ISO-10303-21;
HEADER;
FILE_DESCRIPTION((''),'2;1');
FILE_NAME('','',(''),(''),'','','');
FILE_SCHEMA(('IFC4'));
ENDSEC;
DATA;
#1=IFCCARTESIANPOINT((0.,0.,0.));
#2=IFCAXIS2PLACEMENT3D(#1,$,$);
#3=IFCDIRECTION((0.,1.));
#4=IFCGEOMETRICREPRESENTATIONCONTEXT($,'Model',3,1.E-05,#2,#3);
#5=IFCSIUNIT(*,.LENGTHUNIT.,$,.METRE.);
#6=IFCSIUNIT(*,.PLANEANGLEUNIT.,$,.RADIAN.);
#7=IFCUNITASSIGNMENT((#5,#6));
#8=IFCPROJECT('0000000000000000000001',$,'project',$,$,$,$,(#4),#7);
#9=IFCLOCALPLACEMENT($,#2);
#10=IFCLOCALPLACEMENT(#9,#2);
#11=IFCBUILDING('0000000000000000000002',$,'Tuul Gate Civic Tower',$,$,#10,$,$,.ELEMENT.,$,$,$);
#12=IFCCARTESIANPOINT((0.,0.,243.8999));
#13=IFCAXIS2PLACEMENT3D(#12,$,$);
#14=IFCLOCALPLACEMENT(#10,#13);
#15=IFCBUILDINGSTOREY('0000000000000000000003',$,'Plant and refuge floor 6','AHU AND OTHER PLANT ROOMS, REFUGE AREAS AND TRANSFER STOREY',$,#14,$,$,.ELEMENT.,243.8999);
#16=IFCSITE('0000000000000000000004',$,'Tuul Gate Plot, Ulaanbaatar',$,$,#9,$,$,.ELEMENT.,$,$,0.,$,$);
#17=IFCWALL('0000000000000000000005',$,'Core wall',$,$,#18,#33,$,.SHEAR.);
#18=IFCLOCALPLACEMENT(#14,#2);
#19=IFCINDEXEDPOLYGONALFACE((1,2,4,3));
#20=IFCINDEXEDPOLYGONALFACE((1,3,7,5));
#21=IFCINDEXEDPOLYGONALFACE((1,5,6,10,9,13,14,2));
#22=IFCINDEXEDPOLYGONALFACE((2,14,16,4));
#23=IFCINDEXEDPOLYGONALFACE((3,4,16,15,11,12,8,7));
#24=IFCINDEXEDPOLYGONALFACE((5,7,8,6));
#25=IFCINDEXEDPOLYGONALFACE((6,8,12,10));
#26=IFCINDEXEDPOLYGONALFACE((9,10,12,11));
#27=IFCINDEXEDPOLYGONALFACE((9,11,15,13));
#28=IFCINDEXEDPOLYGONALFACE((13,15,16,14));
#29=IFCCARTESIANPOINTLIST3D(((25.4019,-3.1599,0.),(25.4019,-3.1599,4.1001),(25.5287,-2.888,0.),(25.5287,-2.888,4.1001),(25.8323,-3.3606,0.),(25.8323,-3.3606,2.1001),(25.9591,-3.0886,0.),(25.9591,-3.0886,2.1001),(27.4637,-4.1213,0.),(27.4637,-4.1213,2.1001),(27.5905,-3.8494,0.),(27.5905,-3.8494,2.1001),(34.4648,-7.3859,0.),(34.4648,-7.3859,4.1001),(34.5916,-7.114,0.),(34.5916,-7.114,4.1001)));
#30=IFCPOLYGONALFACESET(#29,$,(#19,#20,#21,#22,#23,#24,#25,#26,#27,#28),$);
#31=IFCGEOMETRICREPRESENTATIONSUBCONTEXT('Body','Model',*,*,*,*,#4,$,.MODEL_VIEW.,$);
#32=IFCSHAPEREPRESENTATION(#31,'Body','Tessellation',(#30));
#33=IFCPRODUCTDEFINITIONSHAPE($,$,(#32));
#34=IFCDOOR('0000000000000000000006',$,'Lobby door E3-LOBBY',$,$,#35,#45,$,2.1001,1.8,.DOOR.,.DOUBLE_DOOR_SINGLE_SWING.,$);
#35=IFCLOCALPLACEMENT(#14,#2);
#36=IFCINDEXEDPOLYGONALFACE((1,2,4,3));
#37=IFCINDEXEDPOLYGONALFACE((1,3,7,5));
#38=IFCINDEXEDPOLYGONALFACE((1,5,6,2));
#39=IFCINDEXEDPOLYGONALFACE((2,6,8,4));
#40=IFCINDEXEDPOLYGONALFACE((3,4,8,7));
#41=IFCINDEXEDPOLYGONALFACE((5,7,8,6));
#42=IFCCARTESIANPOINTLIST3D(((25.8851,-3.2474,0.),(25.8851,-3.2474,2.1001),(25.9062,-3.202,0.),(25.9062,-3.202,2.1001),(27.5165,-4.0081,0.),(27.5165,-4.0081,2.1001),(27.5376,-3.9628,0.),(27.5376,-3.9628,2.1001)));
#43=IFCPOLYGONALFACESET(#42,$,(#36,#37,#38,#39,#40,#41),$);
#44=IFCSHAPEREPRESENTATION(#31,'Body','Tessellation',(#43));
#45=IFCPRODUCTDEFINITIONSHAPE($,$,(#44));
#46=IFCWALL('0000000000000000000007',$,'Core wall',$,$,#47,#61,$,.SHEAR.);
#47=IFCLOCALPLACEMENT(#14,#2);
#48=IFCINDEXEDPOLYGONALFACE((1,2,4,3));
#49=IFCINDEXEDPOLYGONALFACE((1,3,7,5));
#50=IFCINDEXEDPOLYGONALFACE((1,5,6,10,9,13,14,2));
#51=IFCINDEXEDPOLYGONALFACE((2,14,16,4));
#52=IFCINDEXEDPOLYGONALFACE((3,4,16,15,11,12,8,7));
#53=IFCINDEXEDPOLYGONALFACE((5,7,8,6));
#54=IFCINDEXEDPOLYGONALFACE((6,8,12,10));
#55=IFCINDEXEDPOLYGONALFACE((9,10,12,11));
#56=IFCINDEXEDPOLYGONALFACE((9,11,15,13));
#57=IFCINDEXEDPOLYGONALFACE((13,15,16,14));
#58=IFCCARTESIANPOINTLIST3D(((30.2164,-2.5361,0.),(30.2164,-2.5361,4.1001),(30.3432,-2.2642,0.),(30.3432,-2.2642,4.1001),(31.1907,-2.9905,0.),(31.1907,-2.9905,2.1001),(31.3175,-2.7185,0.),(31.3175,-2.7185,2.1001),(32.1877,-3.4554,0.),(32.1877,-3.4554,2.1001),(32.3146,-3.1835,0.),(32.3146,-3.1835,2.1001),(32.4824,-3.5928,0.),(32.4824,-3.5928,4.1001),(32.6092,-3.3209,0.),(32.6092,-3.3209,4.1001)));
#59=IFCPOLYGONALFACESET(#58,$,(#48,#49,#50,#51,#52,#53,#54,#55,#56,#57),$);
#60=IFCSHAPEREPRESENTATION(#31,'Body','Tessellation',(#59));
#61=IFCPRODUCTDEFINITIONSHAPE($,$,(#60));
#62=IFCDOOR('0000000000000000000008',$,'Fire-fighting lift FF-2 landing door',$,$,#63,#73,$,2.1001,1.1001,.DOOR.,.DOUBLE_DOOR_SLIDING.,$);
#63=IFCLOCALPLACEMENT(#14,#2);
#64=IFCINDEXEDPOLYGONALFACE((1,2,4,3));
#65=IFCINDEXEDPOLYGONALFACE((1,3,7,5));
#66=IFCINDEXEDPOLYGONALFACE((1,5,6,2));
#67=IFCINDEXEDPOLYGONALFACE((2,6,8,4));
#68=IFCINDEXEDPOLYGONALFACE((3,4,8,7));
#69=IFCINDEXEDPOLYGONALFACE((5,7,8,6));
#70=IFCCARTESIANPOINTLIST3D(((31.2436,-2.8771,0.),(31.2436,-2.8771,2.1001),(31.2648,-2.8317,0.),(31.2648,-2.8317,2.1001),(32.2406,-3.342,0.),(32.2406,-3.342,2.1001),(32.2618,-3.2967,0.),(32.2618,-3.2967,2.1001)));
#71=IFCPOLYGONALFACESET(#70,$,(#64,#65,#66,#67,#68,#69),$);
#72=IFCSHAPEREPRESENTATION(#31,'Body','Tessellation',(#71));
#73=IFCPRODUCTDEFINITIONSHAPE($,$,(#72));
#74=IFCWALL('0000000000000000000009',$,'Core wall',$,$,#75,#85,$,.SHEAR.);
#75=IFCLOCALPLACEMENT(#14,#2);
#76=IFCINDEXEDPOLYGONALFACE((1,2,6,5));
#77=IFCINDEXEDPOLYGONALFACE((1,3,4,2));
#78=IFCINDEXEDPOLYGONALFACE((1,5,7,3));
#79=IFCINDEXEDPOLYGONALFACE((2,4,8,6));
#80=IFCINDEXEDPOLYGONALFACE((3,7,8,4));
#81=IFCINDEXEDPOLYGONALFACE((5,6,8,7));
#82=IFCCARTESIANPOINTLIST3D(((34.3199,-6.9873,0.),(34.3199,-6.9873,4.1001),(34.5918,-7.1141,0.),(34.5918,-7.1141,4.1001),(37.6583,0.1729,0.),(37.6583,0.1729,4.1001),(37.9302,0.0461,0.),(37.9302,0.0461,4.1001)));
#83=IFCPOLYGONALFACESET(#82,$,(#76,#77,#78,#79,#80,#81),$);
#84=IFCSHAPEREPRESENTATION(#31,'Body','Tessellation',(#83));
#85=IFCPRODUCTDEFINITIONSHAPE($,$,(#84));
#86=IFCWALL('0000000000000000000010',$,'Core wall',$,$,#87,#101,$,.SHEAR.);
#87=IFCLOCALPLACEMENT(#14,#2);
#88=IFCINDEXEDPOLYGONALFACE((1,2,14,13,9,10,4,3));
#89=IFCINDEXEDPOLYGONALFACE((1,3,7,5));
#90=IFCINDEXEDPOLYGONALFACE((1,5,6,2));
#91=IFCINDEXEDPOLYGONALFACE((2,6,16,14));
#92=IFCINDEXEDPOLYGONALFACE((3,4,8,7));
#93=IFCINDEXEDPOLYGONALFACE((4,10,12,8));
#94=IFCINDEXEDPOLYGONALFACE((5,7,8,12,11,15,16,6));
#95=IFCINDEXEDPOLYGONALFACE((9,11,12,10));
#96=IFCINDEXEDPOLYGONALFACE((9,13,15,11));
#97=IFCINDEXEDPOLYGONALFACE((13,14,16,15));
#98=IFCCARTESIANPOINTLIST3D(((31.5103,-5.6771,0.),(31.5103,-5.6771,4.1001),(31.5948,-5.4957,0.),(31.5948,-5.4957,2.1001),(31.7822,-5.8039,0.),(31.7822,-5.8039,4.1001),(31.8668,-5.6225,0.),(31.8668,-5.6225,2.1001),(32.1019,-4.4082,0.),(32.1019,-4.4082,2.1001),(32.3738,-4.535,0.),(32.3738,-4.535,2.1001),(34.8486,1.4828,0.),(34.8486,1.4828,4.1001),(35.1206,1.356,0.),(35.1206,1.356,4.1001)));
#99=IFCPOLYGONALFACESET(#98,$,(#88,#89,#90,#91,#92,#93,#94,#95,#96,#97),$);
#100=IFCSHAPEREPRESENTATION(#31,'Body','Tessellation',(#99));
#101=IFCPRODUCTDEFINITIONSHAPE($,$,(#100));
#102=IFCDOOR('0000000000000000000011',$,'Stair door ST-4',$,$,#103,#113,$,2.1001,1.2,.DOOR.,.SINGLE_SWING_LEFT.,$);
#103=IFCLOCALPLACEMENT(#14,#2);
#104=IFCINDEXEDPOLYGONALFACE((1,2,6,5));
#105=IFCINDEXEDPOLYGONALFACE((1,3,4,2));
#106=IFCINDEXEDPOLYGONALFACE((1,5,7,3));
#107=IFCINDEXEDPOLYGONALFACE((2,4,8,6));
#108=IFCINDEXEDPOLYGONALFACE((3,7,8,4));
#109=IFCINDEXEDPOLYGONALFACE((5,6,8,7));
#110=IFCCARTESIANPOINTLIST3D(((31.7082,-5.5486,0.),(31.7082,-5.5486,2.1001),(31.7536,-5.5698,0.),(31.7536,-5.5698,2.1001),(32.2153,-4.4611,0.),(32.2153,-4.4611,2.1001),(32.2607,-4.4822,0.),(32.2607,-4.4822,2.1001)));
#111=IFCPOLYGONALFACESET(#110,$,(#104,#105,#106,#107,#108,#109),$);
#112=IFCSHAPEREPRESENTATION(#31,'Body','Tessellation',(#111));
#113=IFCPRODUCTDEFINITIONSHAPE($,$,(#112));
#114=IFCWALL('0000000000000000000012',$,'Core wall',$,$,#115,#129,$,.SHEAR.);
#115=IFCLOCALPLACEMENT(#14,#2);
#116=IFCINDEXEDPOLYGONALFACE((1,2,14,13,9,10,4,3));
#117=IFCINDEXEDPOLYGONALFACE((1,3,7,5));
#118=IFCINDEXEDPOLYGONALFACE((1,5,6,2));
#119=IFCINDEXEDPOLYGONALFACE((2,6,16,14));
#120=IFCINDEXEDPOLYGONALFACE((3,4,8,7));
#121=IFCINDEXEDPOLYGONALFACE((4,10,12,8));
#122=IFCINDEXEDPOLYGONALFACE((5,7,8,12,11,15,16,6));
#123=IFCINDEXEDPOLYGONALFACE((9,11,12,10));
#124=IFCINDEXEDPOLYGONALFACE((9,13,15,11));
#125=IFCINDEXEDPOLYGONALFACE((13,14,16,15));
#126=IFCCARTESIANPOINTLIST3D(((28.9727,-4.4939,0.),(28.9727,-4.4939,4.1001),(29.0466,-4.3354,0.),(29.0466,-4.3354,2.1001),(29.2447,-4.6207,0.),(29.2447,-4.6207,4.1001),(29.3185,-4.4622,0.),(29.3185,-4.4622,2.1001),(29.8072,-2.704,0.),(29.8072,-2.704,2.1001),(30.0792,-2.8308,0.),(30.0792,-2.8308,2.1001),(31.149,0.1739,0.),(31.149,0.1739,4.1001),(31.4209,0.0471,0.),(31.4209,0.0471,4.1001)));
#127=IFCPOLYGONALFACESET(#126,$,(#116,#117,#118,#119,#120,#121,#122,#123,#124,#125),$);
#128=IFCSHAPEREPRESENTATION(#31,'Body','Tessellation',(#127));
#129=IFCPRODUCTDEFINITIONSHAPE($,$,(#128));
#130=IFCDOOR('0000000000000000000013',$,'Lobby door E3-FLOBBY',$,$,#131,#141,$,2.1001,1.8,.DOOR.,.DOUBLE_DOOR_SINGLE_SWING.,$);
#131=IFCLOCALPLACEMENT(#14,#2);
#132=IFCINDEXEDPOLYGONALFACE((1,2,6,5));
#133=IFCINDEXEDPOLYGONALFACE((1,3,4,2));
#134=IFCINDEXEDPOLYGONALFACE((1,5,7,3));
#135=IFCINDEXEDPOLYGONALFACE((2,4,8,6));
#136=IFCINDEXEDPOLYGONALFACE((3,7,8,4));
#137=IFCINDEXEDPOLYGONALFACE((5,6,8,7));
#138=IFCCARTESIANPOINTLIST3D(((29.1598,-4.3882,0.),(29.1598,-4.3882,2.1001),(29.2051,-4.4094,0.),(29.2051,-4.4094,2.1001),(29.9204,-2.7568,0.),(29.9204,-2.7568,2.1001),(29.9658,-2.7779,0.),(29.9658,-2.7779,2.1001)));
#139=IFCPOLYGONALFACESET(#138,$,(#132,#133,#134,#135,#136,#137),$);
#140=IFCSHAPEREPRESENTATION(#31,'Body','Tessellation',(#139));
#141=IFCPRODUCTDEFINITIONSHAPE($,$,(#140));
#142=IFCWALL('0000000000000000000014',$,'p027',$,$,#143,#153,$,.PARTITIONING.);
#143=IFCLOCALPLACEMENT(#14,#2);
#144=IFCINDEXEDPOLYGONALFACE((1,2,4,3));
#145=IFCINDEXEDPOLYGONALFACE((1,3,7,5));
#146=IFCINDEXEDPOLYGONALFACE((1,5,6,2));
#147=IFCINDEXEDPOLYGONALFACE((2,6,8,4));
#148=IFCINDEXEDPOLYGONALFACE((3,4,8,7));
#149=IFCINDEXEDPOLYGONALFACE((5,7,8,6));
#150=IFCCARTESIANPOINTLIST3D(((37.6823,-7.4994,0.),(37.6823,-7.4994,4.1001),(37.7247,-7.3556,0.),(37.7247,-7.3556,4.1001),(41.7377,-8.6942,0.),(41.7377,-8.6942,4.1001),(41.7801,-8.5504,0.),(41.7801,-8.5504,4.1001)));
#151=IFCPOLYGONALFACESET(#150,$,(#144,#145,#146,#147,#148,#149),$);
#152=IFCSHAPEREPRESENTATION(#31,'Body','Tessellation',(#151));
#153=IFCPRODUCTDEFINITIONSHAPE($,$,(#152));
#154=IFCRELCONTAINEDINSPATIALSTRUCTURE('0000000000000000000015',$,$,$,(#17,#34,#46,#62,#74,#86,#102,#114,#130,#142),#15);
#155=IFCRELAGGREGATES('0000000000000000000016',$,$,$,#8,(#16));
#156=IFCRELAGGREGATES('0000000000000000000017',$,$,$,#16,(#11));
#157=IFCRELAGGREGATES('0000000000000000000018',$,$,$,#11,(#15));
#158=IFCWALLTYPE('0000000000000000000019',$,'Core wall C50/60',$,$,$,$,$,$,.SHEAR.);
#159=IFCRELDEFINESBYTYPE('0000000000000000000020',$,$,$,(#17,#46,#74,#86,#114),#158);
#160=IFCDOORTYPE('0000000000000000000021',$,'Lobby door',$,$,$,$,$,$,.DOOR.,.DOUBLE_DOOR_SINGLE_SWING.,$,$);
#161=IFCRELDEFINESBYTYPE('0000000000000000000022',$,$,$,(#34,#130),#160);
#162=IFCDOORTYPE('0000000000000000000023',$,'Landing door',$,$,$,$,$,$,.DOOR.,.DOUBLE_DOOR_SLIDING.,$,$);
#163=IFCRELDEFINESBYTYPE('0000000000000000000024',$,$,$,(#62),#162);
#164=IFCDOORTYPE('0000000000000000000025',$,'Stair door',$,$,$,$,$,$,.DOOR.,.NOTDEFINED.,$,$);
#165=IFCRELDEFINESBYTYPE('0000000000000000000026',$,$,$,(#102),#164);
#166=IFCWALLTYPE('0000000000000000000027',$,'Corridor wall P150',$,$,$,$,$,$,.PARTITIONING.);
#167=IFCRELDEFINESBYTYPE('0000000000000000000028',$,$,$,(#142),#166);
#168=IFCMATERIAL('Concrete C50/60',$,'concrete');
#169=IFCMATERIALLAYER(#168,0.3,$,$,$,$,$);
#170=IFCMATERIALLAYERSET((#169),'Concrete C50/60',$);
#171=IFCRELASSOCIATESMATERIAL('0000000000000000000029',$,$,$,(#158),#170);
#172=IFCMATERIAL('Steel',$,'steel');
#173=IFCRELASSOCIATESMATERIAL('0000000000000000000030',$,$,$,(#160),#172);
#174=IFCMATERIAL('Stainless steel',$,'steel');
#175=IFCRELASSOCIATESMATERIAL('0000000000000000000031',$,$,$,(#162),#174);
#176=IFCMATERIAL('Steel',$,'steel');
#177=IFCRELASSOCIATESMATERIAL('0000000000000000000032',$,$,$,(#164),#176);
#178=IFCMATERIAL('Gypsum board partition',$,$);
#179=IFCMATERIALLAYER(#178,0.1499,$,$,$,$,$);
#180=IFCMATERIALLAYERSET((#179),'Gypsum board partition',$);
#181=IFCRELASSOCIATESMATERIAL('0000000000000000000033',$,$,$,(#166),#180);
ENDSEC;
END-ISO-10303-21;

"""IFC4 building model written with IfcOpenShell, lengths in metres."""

from ifc_helpers import new_model, si_unit, direction, frame, frame_2d, origin, place, context, subcontext, project, spatial, rectangle, extrude, material, layer, layer_set, type_object, element, fill, save


model = new_model("IFC4")

# Units and contexts
model_context = context("Model", 3, precision=1e-05, world=origin(), true_north=direction((0.0, 1.0)))
body_context = subcontext(model_context, "Body", "Model", "MODEL_VIEW")
ifc_project = project(units=[si_unit("LENGTHUNIT", "METRE"), si_unit("PLANEANGLEUNIT", "RADIAN")], contexts=[model_context])

# Site, building, storey
site_placement = place(None, origin())
site = spatial("IfcSite", under=ifc_project, at=site_placement, Name="Tuul Gate Plot, Ulaanbaatar", CompositionType="ELEMENT", RefElevation=0.0)
building_placement = place(site_placement, origin())
building = spatial("IfcBuilding", under=site, at=building_placement, Name="Tuul Gate Civic Tower", CompositionType="ELEMENT")
storey_placement = place(building_placement, frame((0.0, 0.0, 243.8999)))
storey = spatial("IfcBuildingStorey", under=building, at=storey_placement, Name="Plant and refuge floor 6", Description="AHU AND OTHER PLANT ROOMS, REFUGE AREAS AND TRANSFER STOREY", CompositionType="ELEMENT", Elevation=243.8999)

# Walls, openings, doors
ifc_material_1 = material(Name="Concrete C50/60", Category="concrete")
ifc_layer_1 = layer(ifc_material_1, 0.3)
ifc_layer_set_1 = layer_set([ifc_layer_1], Name="Concrete C50/60")
wall_type_1 = type_object("IfcWallType", Name="Core wall C50/60", PredefinedType="SHEAR", material=ifc_layer_set_1)
wall_1_placement = place(storey_placement, frame((34.5283, -7.25, 0.0), z_axis=(0.0, 0.0, 1.0), x_axis=(-0.90631, 0.422613, 0.0)))
wall_1 = element("IfcWall", 1, at=wall_1_placement, inside=storey, type_object=wall_type_1, Name="Core wall", PredefinedType="SHEAR", context=body_context, shape_type="SweptSolid", body=[
    extrude(rectangle(XDim=9.9998, YDim=0.3, at=frame_2d((5.0, 0.0))), origin(), (0.0, 0.0, 1.0), 4.1001),
])
opening_1_placement = place(wall_1_placement, frame((7.7251, 0.0, 0.0)))
opening_1 = element("IfcOpeningElement", 2, at=opening_1_placement, cuts=wall_1, PredefinedType="OPENING", context=body_context, shape_type="SweptSolid", body=[
    extrude(rectangle(XDim=1.8, YDim=2.1001, at=frame_2d((0.8999, 1.05))), frame((0.0, 0.1602, 0.0), z_axis=(0.0, -1.0, 0.0), x_axis=(1.0, 0.0, 0.0)), (0.0, 0.0, 1.0), 0.3201),
])
ifc_material_2 = material(Name="Steel", Category="steel")
door_type_1 = type_object("IfcDoorType", Name="Lobby door", OperationType="DOUBLE_DOOR_SINGLE_SWING", PredefinedType="DOOR", material=ifc_material_2)
door_1_placement = place(opening_1_placement, frame((1.8, 0.0, 0.0), z_axis=(0.0, 0.0, 1.0), x_axis=(-1.0, 0.0, 0.0)))
door_1 = element("IfcDoor", 3, at=door_1_placement, inside=storey, type_object=door_type_1, Name="Lobby door E3-LOBBY", OperationType="DOUBLE_DOOR_SINGLE_SWING", OverallHeight=2.1001, OverallWidth=1.8, PredefinedType="DOOR", context=body_context, shape_type="SweptSolid", body=[
    extrude(rectangle(XDim=1.8, YDim=2.1001, at=frame_2d((0.9001, 1.05))), frame((0.0, 0.0249, 0.0), z_axis=(0.0, -1.0, 0.0), x_axis=(1.0, 0.0, 0.0)), (0.0, 0.0, 1.0), 0.05),
])
fill(opening_1, door_1)
wall_2_placement = place(storey_placement, frame((32.5457, -3.4568, 0.0), z_axis=(0.0, 0.0, 1.0), x_axis=(-0.9063, 0.422634, 0.0)))
wall_2 = element("IfcWall", 4, at=wall_2_placement, inside=storey, type_object=wall_type_1, Name="Core wall", PredefinedType="SHEAR", context=body_context, shape_type="SweptSolid", body=[
    extrude(rectangle(XDim=2.5002, YDim=0.3, at=frame_2d((1.25, 0.0))), origin(), (0.0, 0.0, 1.0), 4.1001),
])
opening_2_placement = place(wall_2_placement, frame((0.325, 0.0, 0.0)))
opening_2 = element("IfcOpeningElement", 5, at=opening_2_placement, cuts=wall_2, PredefinedType="OPENING", context=body_context, shape_type="SweptSolid", body=[
    extrude(rectangle(XDim=1.1001, YDim=2.1001, at=frame_2d((0.55, 1.05))), frame((0.0, 0.1602, 0.0), z_axis=(0.0, -1.0, 0.0), x_axis=(1.0, 0.0, 0.0)), (0.0, 0.0, 1.0), 0.3201),
])
ifc_material_3 = material(Name="Stainless steel", Category="steel")
door_type_2 = type_object("IfcDoorType", Name="Landing door", OperationType="DOUBLE_DOOR_SLIDING", PredefinedType="DOOR", material=ifc_material_3)
door_2_placement = place(opening_2_placement, origin())
door_2 = element("IfcDoor", 6, at=door_2_placement, inside=storey, type_object=door_type_2, Name="Fire-fighting lift FF-2 landing door", OperationType="DOUBLE_DOOR_SLIDING", OverallHeight=2.1001, OverallWidth=1.1001, PredefinedType="DOOR", context=body_context, shape_type="SweptSolid", body=[
    extrude(rectangle(XDim=1.1001, YDim=2.1001, at=frame_2d((0.55, 1.05))), frame((0.0, 0.0249, 0.0), z_axis=(0.0, -1.0, 0.0), x_axis=(1.0, 0.0, 0.0)), (0.0, 0.0, 1.0), 0.05),
])
fill(opening_2, door_2)

# Wall
wall_3_placement = place(storey_placement, frame((34.4558, -7.0508, 0.0), z_axis=(0.0, 0.0, 1.0), x_axis=(0.422571, 0.90633, 0.0)))
element("IfcWall", 7, at=wall_3_placement, inside=storey, type_object=wall_type_1, Name="Core wall", PredefinedType="SHEAR", context=body_context, shape_type="SweptSolid", body=[
    extrude(rectangle(XDim=7.9001, YDim=0.3, at=frame_2d((3.9502, 0.0))), origin(), (0.0, 0.0, 1.0), 4.1001),
])

# Walls, openings, doors
wall_4_placement = place(storey_placement, frame((31.6462, -5.7405, 0.0), z_axis=(0.0, 0.0, 1.0), x_axis=(0.422583, 0.906324, 0.0)))
wall_4 = element("IfcWall", 8, at=wall_4_placement, inside=storey, type_object=wall_type_1, Name="Core wall", PredefinedType="SHEAR", context=body_context, shape_type="SweptSolid", body=[
    extrude(rectangle(XDim=7.8999, YDim=0.3, at=frame_2d((3.95, 0.0))), origin(), (0.0, 0.0, 1.0), 4.1001),
])
opening_3_placement = place(wall_4_placement, frame((0.2, 0.0, 0.0)))
opening_3 = element("IfcOpeningElement", 9, at=opening_3_placement, cuts=wall_4, PredefinedType="OPENING", context=body_context, shape_type="SweptSolid", body=[
    extrude(rectangle(XDim=1.2, YDim=2.1001, at=frame_2d((0.6001, 1.05))), frame((0.0, 0.1602, 0.0), z_axis=(0.0, -1.0, 0.0), x_axis=(1.0, 0.0, 0.0)), (0.0, 0.0, 1.0), 0.3201),
])
ifc_material_4 = material(Name="Steel", Category="steel")
door_type_3 = type_object("IfcDoorType", Name="Stair door", OperationType="NOTDEFINED", PredefinedType="DOOR", material=ifc_material_4)
door_3_placement = place(opening_3_placement, origin())
door_3 = element("IfcDoor", 10, at=door_3_placement, inside=storey, type_object=door_type_3, Name="Stair door ST-4", OperationType="SINGLE_SWING_LEFT", OverallHeight=2.1001, OverallWidth=1.2, PredefinedType="DOOR", context=body_context, shape_type="SweptSolid", body=[
    extrude(rectangle(XDim=1.2, YDim=2.1001, at=frame_2d((0.6001, 1.05))), frame((0.0, 0.0249, 0.0), z_axis=(0.0, -1.0, 0.0), x_axis=(1.0, 0.0, 0.0)), (0.0, 0.0, 1.0), 0.05),
])
fill(opening_3, door_3)
wall_5_placement = place(storey_placement, frame((29.1086, -4.5574, 0.0), z_axis=(0.0, 0.0, 1.0), x_axis=(0.422566, 0.906332, 0.0)))
wall_5 = element("IfcWall", 11, at=wall_5_placement, inside=storey, type_object=wall_type_1, Name="Core wall", PredefinedType="SHEAR", context=body_context, shape_type="SweptSolid", body=[
    extrude(rectangle(XDim=5.1501, YDim=0.3, at=frame_2d((2.5752, 0.0))), origin(), (0.0, 0.0, 1.0), 4.1001),
])
opening_4_placement = place(wall_5_placement, frame((0.175, 0.0, 0.0)))
opening_4 = element("IfcOpeningElement", 12, at=opening_4_placement, cuts=wall_5, PredefinedType="OPENING", context=body_context, shape_type="SweptSolid", body=[
    extrude(rectangle(XDim=1.8, YDim=2.1001, at=frame_2d((0.8999, 1.05))), frame((0.0, 0.1602, 0.0), z_axis=(0.0, -1.0, 0.0), x_axis=(1.0, 0.0, 0.0)), (0.0, 0.0, 1.0), 0.3201),
])
door_4_placement = place(opening_4_placement, frame((1.8, 0.0, 0.0), z_axis=(0.0, 0.0, 1.0), x_axis=(-1.0, 0.0, 0.0)))
door_4 = element("IfcDoor", 13, at=door_4_placement, inside=storey, type_object=door_type_1, Name="Lobby door E3-FLOBBY", OperationType="DOUBLE_DOOR_SINGLE_SWING", OverallHeight=2.1001, OverallWidth=1.8, PredefinedType="DOOR", context=body_context, shape_type="SweptSolid", body=[
    extrude(rectangle(XDim=1.8, YDim=2.1001, at=frame_2d((0.9001, 1.05))), frame((0.0, 0.0249, 0.0), z_axis=(0.0, -1.0, 0.0), x_axis=(1.0, 0.0, 0.0)), (0.0, 0.0, 1.0), 0.05),
])
fill(opening_4, door_4)

# Wall
ifc_material_5 = material(Name="Gypsum board partition")
ifc_layer_2 = layer(ifc_material_5, 0.1499)
ifc_layer_set_2 = layer_set([ifc_layer_2], Name="Gypsum board partition")
wall_type_2 = type_object("IfcWallType", Name="Corridor wall P150", PredefinedType="PARTITIONING", material=ifc_layer_set_2)
wall_6_placement = place(storey_placement, frame((37.7036, -7.4275, 0.0), z_axis=(0.0, 0.0, 1.0), x_axis=(0.959234, -0.282613, 0.0)))
element("IfcWall", 14, at=wall_6_placement, inside=storey, type_object=wall_type_2, Name="p027", PredefinedType="PARTITIONING", context=body_context, shape_type="SweptSolid", body=[
    extrude(rectangle(XDim=4.2278, YDim=0.1499, at=frame_2d((2.1138, 0.0))), origin(), (0.0, 0.0, 1.0), 4.1001),
])

save(model, "model.ifc")
